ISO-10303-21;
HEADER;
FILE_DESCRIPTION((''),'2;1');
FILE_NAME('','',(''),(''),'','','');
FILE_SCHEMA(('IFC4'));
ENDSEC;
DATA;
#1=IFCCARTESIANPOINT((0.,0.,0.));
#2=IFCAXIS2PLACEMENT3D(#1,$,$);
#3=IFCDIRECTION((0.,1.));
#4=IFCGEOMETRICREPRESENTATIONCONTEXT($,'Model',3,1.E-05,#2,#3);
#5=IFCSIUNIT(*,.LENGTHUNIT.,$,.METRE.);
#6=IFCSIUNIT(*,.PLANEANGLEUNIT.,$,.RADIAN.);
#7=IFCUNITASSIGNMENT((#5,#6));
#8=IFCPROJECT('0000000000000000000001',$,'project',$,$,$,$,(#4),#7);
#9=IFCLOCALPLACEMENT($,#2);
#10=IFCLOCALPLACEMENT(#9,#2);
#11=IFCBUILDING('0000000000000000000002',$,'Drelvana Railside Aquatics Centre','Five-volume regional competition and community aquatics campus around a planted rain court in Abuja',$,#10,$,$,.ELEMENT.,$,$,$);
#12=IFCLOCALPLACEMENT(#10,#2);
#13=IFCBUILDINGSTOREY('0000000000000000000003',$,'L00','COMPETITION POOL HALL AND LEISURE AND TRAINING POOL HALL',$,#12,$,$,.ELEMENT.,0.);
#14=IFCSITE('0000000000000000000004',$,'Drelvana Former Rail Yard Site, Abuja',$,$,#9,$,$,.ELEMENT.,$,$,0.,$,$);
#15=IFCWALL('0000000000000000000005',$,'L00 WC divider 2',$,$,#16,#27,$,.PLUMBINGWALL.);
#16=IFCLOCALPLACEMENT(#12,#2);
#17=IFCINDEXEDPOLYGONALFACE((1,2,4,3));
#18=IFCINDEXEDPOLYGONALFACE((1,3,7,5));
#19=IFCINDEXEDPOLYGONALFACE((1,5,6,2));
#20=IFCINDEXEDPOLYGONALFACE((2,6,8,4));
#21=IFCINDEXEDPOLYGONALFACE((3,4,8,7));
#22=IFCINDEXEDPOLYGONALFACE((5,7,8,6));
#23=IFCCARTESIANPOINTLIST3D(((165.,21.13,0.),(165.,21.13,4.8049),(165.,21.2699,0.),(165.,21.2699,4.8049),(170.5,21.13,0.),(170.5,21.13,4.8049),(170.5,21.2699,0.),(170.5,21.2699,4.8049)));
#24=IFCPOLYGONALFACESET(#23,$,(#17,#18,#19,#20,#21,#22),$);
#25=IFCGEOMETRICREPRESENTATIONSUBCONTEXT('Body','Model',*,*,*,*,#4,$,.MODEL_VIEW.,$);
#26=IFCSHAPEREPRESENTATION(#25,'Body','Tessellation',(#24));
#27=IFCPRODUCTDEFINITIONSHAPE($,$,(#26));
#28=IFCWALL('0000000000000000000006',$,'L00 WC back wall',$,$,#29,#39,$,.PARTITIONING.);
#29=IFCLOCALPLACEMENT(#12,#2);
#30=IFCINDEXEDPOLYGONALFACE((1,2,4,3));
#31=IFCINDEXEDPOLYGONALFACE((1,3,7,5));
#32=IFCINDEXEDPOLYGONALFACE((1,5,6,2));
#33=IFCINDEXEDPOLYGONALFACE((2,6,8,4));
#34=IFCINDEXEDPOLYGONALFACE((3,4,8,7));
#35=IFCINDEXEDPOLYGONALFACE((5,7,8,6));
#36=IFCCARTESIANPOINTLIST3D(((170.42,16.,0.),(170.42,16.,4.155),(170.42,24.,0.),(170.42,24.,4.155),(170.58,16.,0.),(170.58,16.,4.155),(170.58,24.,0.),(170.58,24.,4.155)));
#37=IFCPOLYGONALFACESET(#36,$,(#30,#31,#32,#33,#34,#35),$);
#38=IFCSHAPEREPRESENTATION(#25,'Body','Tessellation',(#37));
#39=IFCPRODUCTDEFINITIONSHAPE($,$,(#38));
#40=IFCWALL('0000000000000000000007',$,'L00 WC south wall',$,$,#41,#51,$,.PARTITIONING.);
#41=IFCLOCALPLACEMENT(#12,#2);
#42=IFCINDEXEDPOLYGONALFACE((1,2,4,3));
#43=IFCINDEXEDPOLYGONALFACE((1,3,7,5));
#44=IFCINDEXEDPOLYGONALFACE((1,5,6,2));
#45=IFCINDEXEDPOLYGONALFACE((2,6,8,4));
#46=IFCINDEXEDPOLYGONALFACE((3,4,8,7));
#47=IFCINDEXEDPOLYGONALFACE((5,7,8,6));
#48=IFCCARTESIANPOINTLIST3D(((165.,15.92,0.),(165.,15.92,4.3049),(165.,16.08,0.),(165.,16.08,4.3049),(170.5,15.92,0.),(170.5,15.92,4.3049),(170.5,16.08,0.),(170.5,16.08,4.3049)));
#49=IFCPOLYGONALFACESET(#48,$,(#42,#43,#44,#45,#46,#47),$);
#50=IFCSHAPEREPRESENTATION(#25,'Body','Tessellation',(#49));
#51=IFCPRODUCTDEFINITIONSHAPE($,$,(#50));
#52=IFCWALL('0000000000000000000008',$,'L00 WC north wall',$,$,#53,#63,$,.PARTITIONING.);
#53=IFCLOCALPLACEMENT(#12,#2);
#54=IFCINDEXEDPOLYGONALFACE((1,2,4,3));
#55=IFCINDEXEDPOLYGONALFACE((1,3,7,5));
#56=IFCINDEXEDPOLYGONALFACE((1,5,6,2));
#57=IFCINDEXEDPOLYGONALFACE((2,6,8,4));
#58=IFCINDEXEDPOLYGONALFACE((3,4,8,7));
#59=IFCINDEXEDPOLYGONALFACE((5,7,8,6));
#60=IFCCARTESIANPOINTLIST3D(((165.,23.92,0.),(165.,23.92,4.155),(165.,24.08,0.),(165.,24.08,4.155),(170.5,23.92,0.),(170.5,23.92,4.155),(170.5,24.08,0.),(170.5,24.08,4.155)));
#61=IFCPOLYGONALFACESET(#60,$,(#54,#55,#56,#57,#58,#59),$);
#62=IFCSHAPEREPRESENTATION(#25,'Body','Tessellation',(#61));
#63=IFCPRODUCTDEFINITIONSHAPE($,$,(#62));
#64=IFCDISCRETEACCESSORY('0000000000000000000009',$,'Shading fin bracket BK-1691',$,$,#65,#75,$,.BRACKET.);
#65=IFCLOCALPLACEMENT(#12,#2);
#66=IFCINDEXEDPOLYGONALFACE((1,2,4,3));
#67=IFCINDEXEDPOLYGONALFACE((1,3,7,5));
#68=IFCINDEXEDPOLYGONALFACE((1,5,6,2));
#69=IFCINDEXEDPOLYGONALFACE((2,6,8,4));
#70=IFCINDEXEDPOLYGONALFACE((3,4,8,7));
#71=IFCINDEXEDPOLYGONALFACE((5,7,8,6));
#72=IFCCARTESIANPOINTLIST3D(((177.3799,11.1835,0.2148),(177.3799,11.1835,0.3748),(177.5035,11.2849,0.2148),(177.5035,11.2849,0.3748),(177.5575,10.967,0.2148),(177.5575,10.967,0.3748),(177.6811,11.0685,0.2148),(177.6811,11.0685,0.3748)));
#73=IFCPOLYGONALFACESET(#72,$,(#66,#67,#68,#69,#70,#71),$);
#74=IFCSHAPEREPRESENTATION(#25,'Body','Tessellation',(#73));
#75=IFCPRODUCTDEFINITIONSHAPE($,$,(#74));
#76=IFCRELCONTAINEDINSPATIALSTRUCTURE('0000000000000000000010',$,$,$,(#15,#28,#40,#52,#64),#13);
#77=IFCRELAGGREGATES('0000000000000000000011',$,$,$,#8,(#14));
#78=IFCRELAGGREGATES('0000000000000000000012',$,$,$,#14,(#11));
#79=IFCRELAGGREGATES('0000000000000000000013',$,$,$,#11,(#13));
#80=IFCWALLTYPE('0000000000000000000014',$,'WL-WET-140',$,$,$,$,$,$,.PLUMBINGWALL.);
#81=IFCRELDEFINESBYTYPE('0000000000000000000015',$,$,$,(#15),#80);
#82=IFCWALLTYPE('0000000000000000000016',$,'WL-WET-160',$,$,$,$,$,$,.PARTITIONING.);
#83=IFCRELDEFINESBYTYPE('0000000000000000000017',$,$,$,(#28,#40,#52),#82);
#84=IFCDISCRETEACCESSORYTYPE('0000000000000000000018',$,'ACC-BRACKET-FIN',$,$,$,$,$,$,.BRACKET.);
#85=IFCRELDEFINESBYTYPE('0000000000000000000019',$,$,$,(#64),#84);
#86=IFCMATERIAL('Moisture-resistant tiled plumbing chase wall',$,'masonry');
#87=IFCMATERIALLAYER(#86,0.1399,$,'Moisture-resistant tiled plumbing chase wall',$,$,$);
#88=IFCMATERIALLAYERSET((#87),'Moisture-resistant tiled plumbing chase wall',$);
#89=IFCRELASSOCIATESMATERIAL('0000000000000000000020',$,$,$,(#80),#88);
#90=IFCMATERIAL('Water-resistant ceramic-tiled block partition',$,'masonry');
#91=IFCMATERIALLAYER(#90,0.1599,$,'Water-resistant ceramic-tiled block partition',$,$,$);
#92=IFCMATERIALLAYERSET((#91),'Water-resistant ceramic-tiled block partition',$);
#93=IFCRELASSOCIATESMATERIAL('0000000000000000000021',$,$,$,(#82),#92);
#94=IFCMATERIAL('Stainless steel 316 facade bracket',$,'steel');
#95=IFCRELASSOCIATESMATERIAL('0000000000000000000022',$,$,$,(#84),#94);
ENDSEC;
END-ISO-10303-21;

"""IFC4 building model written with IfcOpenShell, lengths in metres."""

from ifc_helpers import new_model, si_unit, direction, frame, frame_2d, origin, origin_2d, place, context, subcontext, project, spatial, rectangle, extrude, material, layer, layer_set, type_object, element, save


model = new_model("IFC4")

# Units and contexts
model_context = context("Model", 3, precision=1e-05, world=origin(), true_north=direction((0.0, 1.0)))
body_context = subcontext(model_context, "Body", "Model", "MODEL_VIEW")
ifc_project = project(units=[si_unit("LENGTHUNIT", "METRE"), si_unit("PLANEANGLEUNIT", "RADIAN")], contexts=[model_context])

# Site, building, storey
site_placement = place(None, origin())
site = spatial("IfcSite", under=ifc_project, at=site_placement, Name="Drelvana Former Rail Yard Site, Abuja", CompositionType="ELEMENT", RefElevation=0.0)
building_placement = place(site_placement, origin())
building = spatial("IfcBuilding", under=site, at=building_placement, Name="Drelvana Railside Aquatics Centre", Description="Five-volume regional competition and community aquatics campus around a planted rain court in Abuja", CompositionType="ELEMENT")
storey_placement = place(building_placement, origin())
storey = spatial("IfcBuildingStorey", under=building, at=storey_placement, Name="L00", Description="COMPETITION POOL HALL AND LEISURE AND TRAINING POOL HALL", CompositionType="ELEMENT", Elevation=0.0)

# Walls
ifc_material_1 = material(Name="Moisture-resistant tiled plumbing chase wall", Category="masonry")
ifc_layer_1 = layer(ifc_material_1, 0.1399, Name="Moisture-resistant tiled plumbing chase wall")
ifc_layer_set_1 = layer_set([ifc_layer_1], Name="Moisture-resistant tiled plumbing chase wall")
wall_type_1 = type_object("IfcWallType", Name="WL-WET-140", PredefinedType="PLUMBINGWALL", material=ifc_layer_set_1)
for number, where, z_axis, x_axis, name in (
    (1, (165.0, 21.2, 0.0), (0.0, 0.0, 1.0), (1.0, 0.0, 0.0), "L00 WC divider 2"),
):
    element("IfcWall", number, at=place(storey_placement, frame(where, z_axis=z_axis, x_axis=x_axis)), inside=storey, type_object=wall_type_1, Name=name, PredefinedType="PLUMBINGWALL", context=body_context, shape_type="SweptSolid", body=[
        extrude(rectangle(XDim=5.5, YDim=0.1399, at=frame_2d((2.75, 0.0))), origin(), (0.0, 0.0, 1.0), 4.8049),
    ])
ifc_material_2 = material(Name="Water-resistant ceramic-tiled block partition", Category="masonry")
ifc_layer_2 = layer(ifc_material_2, 0.1599, Name="Water-resistant ceramic-tiled block partition")
ifc_layer_set_2 = layer_set([ifc_layer_2], Name="Water-resistant ceramic-tiled block partition")
wall_type_2 = type_object("IfcWallType", Name="WL-WET-160", PredefinedType="PARTITIONING", material=ifc_layer_set_2)
wall_1_placement = place(storey_placement, frame((170.5, 16.0, 0.0), z_axis=(0.0, 0.0, 1.0), x_axis=(0.0, 1.0, 0.0)))
element("IfcWall", 2, at=wall_1_placement, inside=storey, type_object=wall_type_2, Name="L00 WC back wall", PredefinedType="PARTITIONING", context=body_context, shape_type="SweptSolid", body=[
    extrude(rectangle(XDim=8.0, YDim=0.1599, at=frame_2d((4.0, 0.0))), origin(), (0.0, 0.0, 1.0), 4.155),
])
wall_2_placement = place(storey_placement, frame((165.0, 16.0, 0.0), z_axis=(0.0, 0.0, 1.0), x_axis=(1.0, 0.0, 0.0)))
element("IfcWall", 3, at=wall_2_placement, inside=storey, type_object=wall_type_2, Name="L00 WC south wall", PredefinedType="PARTITIONING", context=body_context, shape_type="SweptSolid", body=[
    extrude(rectangle(XDim=5.5, YDim=0.1599, at=frame_2d((2.75, 0.0))), origin(), (0.0, 0.0, 1.0), 4.3049),
])
wall_3_placement = place(storey_placement, frame((165.0, 24.0, 0.0), z_axis=(0.0, 0.0, 1.0), x_axis=(1.0, 0.0, 0.0)))
element("IfcWall", 4, at=wall_3_placement, inside=storey, type_object=wall_type_2, Name="L00 WC north wall", PredefinedType="PARTITIONING", context=body_context, shape_type="SweptSolid", body=[
    extrude(rectangle(XDim=5.5, YDim=0.1599, at=frame_2d((2.75, 0.0))), origin(), (0.0, 0.0, 1.0), 4.155),
])

# Discrete accessory
ifc_material_3 = material(Name="Stainless steel 316 facade bracket", Category="steel")
discrete_accessory_type = type_object("IfcDiscreteAccessoryType", Name="ACC-BRACKET-FIN", PredefinedType="BRACKET", material=ifc_material_3)
discrete_accessory_placement = place(storey_placement, frame((177.5305, 11.126, 0.2148), z_axis=(0.0, 0.0, 1.0), x_axis=(0.634393, -0.77301, 0.0)))
element("IfcDiscreteAccessory", 5, at=discrete_accessory_placement, inside=storey, type_object=discrete_accessory_type, Name="Shading fin bracket BK-1691", PredefinedType="BRACKET", context=body_context, shape_type="SweptSolid", body=[
    extrude(rectangle(XDim=0.28, YDim=0.1599, at=origin_2d()), origin(), (0.0, 0.0, 1.0), 0.1599),
])

save(model, "model.ifc")
